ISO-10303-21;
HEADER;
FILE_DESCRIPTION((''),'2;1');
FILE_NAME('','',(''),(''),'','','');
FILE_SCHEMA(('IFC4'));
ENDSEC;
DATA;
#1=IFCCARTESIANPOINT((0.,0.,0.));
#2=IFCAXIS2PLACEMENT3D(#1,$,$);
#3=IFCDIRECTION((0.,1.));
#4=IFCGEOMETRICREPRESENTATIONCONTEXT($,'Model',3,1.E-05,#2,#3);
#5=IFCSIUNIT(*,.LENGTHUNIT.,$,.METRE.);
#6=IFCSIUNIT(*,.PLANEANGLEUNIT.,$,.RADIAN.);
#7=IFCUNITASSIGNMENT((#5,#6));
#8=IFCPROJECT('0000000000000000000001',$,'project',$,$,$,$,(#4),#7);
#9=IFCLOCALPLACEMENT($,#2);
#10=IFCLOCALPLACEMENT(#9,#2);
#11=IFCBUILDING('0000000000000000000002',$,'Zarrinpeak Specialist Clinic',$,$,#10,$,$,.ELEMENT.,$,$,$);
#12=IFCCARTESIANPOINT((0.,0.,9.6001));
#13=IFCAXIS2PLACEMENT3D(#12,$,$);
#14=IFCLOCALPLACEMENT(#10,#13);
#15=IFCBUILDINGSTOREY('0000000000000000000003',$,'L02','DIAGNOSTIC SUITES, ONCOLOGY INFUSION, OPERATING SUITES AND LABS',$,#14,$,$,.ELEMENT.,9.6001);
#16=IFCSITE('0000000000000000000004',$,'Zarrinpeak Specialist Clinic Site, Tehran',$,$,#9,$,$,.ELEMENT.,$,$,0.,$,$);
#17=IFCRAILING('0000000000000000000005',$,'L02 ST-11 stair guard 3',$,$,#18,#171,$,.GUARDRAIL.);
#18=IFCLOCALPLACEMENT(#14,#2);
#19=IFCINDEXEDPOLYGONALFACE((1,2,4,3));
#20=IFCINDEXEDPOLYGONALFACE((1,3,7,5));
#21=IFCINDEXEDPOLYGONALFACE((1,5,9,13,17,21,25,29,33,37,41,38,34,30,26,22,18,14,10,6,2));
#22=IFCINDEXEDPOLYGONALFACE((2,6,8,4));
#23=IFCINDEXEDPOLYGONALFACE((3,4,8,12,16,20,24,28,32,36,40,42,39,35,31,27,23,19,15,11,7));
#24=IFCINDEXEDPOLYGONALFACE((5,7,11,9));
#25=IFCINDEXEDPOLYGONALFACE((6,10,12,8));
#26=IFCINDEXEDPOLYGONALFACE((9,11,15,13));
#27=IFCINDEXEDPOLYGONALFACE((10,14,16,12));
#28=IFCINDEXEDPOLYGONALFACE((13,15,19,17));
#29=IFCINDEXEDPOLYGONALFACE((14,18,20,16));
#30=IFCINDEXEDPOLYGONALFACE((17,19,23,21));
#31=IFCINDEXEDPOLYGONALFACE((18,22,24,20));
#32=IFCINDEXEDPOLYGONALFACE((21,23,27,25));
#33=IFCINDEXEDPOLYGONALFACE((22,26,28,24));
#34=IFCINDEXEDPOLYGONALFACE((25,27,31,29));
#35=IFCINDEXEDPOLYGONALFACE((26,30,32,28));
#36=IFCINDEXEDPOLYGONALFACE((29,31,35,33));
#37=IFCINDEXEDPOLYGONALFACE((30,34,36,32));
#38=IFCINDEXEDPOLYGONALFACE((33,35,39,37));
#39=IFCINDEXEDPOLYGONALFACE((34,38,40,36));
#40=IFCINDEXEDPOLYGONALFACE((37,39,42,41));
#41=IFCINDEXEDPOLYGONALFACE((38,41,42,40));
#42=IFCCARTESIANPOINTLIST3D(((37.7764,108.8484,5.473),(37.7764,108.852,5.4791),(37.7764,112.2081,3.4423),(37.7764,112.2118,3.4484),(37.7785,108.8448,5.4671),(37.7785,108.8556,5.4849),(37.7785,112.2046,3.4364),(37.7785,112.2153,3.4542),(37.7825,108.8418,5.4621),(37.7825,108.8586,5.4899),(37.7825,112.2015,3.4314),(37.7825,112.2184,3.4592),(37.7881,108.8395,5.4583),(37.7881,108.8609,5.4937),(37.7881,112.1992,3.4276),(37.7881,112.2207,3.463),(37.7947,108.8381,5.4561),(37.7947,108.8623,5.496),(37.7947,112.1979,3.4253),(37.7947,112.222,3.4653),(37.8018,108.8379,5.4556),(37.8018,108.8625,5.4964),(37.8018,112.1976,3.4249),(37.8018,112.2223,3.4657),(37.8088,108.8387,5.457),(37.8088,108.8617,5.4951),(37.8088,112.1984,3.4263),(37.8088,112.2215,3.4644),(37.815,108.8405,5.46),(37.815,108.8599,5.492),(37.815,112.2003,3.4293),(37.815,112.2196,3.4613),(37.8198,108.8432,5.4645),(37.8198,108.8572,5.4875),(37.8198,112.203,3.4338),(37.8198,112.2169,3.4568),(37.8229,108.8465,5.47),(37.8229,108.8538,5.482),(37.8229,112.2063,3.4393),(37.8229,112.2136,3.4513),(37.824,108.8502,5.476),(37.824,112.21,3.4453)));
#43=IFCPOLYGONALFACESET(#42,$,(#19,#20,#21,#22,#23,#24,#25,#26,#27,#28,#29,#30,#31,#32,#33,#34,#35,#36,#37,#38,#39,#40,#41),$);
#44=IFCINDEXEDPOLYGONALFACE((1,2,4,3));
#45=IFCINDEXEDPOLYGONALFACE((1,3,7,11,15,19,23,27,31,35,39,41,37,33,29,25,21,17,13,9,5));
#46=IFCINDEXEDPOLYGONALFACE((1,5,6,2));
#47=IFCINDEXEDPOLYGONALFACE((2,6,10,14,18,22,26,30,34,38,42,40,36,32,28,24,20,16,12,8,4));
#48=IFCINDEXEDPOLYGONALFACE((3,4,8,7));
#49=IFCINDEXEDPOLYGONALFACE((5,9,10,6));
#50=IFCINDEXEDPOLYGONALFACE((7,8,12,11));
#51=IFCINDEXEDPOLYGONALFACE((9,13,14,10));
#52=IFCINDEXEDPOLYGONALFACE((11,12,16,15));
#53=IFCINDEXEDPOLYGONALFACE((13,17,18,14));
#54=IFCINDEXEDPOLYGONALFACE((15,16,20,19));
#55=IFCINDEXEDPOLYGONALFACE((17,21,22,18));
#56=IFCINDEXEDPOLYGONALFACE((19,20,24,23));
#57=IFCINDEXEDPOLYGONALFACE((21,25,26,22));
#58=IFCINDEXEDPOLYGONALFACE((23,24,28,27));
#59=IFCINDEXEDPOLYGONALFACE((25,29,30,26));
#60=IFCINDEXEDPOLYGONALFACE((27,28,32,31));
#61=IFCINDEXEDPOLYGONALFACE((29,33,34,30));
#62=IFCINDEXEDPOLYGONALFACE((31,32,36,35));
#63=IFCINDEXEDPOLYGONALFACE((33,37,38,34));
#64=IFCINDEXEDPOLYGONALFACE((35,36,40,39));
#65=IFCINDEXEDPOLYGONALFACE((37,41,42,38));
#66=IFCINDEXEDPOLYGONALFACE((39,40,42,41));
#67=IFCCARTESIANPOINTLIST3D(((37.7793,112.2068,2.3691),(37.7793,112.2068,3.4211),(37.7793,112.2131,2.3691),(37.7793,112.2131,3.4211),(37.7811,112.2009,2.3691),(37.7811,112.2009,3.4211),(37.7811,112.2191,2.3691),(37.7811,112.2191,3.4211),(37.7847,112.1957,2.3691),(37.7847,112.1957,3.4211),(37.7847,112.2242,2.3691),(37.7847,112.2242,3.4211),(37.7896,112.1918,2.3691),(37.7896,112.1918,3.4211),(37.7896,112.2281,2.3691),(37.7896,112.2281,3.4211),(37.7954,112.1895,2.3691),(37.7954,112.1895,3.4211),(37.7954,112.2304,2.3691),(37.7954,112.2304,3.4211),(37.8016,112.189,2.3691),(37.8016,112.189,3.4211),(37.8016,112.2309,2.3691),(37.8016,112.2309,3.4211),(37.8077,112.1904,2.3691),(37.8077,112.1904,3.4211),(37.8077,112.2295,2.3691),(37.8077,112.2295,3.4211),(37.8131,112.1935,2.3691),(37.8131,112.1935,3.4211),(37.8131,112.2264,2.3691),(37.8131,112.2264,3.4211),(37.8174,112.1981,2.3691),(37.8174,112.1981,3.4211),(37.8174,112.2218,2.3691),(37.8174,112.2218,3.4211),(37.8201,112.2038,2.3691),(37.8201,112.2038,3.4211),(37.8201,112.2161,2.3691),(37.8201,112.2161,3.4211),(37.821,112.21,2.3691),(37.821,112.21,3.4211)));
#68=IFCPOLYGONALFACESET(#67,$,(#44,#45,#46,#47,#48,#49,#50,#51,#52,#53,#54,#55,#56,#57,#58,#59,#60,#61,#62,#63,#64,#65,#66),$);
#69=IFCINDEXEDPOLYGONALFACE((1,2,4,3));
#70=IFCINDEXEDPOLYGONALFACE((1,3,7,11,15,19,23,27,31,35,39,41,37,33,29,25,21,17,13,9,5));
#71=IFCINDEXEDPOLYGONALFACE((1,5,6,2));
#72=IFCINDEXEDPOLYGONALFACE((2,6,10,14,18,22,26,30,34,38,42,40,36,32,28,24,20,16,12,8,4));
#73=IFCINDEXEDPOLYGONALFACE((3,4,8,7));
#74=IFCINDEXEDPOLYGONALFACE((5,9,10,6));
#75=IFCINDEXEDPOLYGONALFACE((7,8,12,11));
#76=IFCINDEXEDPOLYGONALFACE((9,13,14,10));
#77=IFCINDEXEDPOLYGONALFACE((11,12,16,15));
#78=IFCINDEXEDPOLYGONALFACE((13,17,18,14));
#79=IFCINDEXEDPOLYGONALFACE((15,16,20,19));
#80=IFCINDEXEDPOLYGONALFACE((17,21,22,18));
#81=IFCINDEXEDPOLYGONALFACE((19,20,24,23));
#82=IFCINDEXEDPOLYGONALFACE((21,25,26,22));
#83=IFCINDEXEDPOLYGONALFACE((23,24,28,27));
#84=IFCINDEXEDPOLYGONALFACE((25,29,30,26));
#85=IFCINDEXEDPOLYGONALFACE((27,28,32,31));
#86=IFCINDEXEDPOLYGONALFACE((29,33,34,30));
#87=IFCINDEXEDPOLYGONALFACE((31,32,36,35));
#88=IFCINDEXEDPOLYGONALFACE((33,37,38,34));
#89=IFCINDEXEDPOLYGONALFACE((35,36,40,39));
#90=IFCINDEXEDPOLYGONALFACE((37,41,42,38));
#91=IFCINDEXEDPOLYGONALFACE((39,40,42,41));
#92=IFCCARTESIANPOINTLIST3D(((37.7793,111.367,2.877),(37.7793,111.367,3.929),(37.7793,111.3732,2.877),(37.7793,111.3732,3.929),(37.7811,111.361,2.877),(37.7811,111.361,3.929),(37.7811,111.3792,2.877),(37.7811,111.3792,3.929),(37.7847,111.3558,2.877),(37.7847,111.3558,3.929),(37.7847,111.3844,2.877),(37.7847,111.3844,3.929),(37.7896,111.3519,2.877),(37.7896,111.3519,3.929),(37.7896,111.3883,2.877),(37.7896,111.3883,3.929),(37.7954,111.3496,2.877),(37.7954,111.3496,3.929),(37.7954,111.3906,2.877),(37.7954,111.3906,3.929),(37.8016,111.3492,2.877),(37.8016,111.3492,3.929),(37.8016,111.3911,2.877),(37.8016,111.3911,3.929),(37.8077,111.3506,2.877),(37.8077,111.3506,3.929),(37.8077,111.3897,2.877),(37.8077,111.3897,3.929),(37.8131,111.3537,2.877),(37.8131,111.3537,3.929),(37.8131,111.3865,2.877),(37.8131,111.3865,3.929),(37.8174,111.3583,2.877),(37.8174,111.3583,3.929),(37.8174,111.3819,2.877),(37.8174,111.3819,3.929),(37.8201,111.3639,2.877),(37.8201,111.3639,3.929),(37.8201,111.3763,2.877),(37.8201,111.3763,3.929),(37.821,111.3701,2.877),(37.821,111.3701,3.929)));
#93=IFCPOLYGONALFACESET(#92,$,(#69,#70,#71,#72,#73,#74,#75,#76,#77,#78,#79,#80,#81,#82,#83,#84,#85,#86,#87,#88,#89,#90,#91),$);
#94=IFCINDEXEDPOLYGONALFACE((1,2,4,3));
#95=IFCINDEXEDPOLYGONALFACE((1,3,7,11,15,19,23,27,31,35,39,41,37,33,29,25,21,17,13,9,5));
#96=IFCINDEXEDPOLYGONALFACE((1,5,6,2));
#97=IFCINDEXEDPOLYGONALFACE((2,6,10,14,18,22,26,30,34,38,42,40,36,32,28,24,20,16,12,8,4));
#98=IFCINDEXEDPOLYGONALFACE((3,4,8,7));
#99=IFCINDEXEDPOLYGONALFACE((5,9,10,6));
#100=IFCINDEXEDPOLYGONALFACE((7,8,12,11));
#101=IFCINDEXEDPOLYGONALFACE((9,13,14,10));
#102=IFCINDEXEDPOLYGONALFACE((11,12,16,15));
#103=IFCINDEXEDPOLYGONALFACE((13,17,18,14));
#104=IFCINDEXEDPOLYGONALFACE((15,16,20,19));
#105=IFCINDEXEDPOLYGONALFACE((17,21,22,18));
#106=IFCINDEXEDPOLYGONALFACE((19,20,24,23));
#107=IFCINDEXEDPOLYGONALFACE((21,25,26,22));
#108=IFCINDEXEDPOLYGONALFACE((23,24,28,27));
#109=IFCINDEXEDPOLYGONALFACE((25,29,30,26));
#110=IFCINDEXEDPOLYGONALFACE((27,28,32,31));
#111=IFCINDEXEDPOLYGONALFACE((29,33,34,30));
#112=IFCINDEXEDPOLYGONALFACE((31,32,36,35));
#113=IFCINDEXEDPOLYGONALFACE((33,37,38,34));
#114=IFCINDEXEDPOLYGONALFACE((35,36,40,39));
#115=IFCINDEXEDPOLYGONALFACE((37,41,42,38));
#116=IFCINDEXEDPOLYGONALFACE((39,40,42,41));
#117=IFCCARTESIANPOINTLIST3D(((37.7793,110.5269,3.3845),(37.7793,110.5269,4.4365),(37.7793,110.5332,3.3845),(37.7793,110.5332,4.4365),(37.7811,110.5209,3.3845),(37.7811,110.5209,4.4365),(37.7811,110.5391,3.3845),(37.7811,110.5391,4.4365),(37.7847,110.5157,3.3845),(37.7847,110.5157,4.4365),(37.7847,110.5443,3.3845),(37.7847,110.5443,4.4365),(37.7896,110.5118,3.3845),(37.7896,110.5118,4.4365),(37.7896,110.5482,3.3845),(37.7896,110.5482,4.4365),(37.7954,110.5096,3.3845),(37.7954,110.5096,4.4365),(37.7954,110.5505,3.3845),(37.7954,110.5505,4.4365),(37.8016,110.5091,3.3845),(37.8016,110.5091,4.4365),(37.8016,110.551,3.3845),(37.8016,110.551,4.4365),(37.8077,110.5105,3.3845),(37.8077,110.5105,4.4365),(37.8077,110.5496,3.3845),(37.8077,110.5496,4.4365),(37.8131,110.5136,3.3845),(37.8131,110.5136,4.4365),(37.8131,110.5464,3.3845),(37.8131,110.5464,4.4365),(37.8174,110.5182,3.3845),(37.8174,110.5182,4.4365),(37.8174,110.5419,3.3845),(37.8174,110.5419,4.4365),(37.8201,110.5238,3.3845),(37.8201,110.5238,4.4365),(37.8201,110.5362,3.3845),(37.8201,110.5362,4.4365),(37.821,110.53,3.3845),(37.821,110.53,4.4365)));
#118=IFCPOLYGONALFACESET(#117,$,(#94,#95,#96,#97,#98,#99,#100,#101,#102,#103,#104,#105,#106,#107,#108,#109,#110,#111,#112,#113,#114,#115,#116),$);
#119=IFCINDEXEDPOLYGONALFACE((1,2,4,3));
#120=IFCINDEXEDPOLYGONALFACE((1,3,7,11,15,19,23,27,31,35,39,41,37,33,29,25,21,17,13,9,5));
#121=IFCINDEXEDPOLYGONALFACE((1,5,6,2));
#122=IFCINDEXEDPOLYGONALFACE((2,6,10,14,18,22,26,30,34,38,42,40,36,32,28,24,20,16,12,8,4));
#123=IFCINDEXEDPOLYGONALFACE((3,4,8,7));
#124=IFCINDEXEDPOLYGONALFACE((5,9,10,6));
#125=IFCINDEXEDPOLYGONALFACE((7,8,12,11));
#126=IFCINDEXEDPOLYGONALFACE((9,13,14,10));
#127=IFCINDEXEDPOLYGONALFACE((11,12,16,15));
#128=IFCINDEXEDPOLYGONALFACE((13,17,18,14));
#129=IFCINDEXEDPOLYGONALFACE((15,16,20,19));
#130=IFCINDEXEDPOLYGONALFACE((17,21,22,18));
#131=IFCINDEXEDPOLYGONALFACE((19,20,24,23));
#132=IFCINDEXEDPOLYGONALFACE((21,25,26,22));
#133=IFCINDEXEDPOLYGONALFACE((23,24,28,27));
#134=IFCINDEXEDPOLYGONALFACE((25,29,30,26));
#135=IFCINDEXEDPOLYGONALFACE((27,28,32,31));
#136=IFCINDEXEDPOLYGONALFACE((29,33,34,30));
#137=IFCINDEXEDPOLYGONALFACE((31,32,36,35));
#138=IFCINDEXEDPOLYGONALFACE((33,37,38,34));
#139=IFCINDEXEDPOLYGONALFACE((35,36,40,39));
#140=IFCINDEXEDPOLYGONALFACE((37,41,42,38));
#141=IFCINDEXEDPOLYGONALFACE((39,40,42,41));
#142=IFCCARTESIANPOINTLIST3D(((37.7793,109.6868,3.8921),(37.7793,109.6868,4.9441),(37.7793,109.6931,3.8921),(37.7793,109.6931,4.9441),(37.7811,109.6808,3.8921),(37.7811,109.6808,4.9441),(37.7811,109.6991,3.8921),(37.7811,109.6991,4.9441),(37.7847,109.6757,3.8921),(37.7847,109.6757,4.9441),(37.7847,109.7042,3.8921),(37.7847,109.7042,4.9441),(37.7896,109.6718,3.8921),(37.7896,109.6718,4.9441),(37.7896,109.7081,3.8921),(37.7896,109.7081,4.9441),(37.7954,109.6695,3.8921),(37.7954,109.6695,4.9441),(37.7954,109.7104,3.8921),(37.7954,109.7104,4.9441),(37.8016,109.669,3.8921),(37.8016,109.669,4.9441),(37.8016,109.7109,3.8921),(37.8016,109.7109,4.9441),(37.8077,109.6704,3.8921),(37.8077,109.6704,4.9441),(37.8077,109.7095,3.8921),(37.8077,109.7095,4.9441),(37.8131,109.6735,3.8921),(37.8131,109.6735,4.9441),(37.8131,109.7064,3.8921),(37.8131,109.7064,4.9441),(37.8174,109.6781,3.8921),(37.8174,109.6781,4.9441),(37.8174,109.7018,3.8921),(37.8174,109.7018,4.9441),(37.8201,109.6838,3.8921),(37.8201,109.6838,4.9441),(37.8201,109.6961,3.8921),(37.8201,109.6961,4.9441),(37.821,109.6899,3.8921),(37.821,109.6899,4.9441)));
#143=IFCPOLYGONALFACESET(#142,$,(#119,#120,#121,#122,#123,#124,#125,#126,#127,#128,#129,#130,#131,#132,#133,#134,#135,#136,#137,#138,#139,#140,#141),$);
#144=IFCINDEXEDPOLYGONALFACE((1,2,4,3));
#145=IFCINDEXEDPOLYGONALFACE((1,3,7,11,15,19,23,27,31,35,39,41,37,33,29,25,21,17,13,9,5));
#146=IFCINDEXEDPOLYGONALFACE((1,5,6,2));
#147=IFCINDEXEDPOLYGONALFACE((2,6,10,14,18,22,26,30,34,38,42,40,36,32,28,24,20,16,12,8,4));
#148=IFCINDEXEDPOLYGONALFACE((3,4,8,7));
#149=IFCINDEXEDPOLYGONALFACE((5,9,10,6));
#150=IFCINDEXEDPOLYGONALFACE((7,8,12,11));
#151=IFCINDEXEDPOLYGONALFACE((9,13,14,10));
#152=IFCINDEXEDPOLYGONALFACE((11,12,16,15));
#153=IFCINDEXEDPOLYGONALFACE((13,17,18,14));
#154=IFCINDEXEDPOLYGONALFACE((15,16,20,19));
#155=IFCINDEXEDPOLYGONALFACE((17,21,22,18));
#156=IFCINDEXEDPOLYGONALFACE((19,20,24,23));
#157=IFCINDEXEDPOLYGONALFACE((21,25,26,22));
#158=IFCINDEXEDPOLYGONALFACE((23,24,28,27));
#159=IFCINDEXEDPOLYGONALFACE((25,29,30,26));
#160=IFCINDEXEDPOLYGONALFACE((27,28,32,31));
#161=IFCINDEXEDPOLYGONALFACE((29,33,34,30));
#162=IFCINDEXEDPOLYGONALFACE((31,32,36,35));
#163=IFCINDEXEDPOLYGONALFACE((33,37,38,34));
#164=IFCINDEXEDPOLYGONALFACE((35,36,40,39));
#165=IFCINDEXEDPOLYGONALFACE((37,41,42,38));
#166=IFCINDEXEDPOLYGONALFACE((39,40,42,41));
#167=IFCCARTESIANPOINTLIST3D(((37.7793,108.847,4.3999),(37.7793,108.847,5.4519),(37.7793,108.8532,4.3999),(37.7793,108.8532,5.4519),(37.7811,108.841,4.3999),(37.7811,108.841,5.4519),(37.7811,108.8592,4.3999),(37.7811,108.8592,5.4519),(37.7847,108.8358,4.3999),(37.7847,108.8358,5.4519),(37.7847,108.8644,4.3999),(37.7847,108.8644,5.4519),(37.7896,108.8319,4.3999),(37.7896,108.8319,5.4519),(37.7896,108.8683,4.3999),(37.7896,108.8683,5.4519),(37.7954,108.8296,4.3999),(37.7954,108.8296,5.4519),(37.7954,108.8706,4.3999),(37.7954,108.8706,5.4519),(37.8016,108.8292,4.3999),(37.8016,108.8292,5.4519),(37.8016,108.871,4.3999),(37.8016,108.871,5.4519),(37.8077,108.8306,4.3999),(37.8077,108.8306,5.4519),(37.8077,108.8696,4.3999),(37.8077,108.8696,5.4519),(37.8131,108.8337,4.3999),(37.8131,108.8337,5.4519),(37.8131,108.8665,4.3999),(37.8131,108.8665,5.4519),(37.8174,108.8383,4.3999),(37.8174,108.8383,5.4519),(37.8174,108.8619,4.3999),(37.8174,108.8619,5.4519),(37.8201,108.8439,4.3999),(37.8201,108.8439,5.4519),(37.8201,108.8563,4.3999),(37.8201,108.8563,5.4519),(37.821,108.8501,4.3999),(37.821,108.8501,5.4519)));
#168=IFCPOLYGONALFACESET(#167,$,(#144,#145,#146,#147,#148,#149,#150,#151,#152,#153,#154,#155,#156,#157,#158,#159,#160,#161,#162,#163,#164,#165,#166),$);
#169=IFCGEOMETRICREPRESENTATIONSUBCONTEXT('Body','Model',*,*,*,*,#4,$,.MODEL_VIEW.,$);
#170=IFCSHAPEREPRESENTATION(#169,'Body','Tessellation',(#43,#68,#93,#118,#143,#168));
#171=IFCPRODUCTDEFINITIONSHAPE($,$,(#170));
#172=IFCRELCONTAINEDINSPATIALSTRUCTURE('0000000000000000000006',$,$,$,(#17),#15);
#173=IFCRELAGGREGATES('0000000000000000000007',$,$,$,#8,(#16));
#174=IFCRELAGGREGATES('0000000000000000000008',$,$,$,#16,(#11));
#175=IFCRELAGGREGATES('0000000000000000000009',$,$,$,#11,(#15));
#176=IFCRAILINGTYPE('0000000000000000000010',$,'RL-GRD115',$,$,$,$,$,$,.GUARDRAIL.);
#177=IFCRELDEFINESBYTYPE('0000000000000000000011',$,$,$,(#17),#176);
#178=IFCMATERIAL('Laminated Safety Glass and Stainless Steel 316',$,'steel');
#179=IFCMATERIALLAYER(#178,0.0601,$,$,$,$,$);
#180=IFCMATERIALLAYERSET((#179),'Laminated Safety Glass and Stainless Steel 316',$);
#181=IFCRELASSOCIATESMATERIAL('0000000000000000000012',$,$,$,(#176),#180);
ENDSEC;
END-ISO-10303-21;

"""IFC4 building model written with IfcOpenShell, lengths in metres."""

from ifc_helpers import new_model, si_unit, direction, frame, origin, origin_2d, place, context, subcontext, project, spatial, circle, extrude, material, layer, layer_set, type_object, element, save


model = new_model("IFC4")

# Units and contexts
model_context = context("Model", 3, precision=1e-05, world=origin(), true_north=direction((0.0, 1.0)))
body_context = subcontext(model_context, "Body", "Model", "MODEL_VIEW")
ifc_project = project(units=[si_unit("LENGTHUNIT", "METRE"), si_unit("PLANEANGLEUNIT", "RADIAN")], contexts=[model_context])

# Site, building, storey
site_placement = place(None, origin())
site = spatial("IfcSite", under=ifc_project, at=site_placement, Name="Zarrinpeak Specialist Clinic Site, Tehran", CompositionType="ELEMENT", RefElevation=0.0)
building_placement = place(site_placement, origin())
building = spatial("IfcBuilding", under=site, at=building_placement, Name="Zarrinpeak Specialist Clinic", CompositionType="ELEMENT")
storey_placement = place(building_placement, frame((0.0, 0.0, 9.6001)))
storey = spatial("IfcBuildingStorey", under=building, at=storey_placement, Name="L02", Description="DIAGNOSTIC SUITES, ONCOLOGY INFUSION, OPERATING SUITES AND LABS", CompositionType="ELEMENT", Elevation=9.6001)

# Railing
ifc_material_1 = material(Name="Laminated Safety Glass and Stainless Steel 316", Category="steel")
ifc_layer_1 = layer(ifc_material_1, 0.0601)
ifc_layer_set_1 = layer_set([ifc_layer_1], Name="Laminated Safety Glass and Stainless Steel 316")
railing_type_1 = type_object("IfcRailingType", Name="RL-GRD115", PredefinedType="GUARDRAIL", material=ifc_layer_set_1)
railing_1_placement = place(storey_placement, frame((37.8, 112.21, 2.3691)))
element("IfcRailing", 1, at=railing_1_placement, inside=storey, type_object=railing_type_1, Name="L02 ST-11 stair guard 3", PredefinedType="GUARDRAIL", context=body_context, shape_type="SweptSolid", body=[
    extrude(circle(Radius=0.0239, at=origin_2d()), frame((0.0, 0.0, 1.0762), z_axis=(0.0, -0.85582, 0.517273), x_axis=(1.0, 0.0, 0.0)), (0.0, 0.0, 1.0), 3.9258),
    extrude(circle(Radius=0.021, at=origin_2d()), origin(), (0.0, 0.0, 1.0), 1.052),
    extrude(circle(Radius=0.021, at=origin_2d()), frame((0.0, -0.8398, 0.5078)), (0.0, 0.0, 1.0), 1.052),
    extrude(circle(Radius=0.021, at=origin_2d()), frame((0.0, -1.6799, 1.0154)), (0.0, 0.0, 1.0), 1.052),
    extrude(circle(Radius=0.021, at=origin_2d()), frame((0.0, -2.52, 1.5229)), (0.0, 0.0, 1.0), 1.052),
    extrude(circle(Radius=0.021, at=origin_2d()), frame((0.0, -3.3599, 2.0308)), (0.0, 0.0, 1.0), 1.052),
])

save(model, "model.ifc")
